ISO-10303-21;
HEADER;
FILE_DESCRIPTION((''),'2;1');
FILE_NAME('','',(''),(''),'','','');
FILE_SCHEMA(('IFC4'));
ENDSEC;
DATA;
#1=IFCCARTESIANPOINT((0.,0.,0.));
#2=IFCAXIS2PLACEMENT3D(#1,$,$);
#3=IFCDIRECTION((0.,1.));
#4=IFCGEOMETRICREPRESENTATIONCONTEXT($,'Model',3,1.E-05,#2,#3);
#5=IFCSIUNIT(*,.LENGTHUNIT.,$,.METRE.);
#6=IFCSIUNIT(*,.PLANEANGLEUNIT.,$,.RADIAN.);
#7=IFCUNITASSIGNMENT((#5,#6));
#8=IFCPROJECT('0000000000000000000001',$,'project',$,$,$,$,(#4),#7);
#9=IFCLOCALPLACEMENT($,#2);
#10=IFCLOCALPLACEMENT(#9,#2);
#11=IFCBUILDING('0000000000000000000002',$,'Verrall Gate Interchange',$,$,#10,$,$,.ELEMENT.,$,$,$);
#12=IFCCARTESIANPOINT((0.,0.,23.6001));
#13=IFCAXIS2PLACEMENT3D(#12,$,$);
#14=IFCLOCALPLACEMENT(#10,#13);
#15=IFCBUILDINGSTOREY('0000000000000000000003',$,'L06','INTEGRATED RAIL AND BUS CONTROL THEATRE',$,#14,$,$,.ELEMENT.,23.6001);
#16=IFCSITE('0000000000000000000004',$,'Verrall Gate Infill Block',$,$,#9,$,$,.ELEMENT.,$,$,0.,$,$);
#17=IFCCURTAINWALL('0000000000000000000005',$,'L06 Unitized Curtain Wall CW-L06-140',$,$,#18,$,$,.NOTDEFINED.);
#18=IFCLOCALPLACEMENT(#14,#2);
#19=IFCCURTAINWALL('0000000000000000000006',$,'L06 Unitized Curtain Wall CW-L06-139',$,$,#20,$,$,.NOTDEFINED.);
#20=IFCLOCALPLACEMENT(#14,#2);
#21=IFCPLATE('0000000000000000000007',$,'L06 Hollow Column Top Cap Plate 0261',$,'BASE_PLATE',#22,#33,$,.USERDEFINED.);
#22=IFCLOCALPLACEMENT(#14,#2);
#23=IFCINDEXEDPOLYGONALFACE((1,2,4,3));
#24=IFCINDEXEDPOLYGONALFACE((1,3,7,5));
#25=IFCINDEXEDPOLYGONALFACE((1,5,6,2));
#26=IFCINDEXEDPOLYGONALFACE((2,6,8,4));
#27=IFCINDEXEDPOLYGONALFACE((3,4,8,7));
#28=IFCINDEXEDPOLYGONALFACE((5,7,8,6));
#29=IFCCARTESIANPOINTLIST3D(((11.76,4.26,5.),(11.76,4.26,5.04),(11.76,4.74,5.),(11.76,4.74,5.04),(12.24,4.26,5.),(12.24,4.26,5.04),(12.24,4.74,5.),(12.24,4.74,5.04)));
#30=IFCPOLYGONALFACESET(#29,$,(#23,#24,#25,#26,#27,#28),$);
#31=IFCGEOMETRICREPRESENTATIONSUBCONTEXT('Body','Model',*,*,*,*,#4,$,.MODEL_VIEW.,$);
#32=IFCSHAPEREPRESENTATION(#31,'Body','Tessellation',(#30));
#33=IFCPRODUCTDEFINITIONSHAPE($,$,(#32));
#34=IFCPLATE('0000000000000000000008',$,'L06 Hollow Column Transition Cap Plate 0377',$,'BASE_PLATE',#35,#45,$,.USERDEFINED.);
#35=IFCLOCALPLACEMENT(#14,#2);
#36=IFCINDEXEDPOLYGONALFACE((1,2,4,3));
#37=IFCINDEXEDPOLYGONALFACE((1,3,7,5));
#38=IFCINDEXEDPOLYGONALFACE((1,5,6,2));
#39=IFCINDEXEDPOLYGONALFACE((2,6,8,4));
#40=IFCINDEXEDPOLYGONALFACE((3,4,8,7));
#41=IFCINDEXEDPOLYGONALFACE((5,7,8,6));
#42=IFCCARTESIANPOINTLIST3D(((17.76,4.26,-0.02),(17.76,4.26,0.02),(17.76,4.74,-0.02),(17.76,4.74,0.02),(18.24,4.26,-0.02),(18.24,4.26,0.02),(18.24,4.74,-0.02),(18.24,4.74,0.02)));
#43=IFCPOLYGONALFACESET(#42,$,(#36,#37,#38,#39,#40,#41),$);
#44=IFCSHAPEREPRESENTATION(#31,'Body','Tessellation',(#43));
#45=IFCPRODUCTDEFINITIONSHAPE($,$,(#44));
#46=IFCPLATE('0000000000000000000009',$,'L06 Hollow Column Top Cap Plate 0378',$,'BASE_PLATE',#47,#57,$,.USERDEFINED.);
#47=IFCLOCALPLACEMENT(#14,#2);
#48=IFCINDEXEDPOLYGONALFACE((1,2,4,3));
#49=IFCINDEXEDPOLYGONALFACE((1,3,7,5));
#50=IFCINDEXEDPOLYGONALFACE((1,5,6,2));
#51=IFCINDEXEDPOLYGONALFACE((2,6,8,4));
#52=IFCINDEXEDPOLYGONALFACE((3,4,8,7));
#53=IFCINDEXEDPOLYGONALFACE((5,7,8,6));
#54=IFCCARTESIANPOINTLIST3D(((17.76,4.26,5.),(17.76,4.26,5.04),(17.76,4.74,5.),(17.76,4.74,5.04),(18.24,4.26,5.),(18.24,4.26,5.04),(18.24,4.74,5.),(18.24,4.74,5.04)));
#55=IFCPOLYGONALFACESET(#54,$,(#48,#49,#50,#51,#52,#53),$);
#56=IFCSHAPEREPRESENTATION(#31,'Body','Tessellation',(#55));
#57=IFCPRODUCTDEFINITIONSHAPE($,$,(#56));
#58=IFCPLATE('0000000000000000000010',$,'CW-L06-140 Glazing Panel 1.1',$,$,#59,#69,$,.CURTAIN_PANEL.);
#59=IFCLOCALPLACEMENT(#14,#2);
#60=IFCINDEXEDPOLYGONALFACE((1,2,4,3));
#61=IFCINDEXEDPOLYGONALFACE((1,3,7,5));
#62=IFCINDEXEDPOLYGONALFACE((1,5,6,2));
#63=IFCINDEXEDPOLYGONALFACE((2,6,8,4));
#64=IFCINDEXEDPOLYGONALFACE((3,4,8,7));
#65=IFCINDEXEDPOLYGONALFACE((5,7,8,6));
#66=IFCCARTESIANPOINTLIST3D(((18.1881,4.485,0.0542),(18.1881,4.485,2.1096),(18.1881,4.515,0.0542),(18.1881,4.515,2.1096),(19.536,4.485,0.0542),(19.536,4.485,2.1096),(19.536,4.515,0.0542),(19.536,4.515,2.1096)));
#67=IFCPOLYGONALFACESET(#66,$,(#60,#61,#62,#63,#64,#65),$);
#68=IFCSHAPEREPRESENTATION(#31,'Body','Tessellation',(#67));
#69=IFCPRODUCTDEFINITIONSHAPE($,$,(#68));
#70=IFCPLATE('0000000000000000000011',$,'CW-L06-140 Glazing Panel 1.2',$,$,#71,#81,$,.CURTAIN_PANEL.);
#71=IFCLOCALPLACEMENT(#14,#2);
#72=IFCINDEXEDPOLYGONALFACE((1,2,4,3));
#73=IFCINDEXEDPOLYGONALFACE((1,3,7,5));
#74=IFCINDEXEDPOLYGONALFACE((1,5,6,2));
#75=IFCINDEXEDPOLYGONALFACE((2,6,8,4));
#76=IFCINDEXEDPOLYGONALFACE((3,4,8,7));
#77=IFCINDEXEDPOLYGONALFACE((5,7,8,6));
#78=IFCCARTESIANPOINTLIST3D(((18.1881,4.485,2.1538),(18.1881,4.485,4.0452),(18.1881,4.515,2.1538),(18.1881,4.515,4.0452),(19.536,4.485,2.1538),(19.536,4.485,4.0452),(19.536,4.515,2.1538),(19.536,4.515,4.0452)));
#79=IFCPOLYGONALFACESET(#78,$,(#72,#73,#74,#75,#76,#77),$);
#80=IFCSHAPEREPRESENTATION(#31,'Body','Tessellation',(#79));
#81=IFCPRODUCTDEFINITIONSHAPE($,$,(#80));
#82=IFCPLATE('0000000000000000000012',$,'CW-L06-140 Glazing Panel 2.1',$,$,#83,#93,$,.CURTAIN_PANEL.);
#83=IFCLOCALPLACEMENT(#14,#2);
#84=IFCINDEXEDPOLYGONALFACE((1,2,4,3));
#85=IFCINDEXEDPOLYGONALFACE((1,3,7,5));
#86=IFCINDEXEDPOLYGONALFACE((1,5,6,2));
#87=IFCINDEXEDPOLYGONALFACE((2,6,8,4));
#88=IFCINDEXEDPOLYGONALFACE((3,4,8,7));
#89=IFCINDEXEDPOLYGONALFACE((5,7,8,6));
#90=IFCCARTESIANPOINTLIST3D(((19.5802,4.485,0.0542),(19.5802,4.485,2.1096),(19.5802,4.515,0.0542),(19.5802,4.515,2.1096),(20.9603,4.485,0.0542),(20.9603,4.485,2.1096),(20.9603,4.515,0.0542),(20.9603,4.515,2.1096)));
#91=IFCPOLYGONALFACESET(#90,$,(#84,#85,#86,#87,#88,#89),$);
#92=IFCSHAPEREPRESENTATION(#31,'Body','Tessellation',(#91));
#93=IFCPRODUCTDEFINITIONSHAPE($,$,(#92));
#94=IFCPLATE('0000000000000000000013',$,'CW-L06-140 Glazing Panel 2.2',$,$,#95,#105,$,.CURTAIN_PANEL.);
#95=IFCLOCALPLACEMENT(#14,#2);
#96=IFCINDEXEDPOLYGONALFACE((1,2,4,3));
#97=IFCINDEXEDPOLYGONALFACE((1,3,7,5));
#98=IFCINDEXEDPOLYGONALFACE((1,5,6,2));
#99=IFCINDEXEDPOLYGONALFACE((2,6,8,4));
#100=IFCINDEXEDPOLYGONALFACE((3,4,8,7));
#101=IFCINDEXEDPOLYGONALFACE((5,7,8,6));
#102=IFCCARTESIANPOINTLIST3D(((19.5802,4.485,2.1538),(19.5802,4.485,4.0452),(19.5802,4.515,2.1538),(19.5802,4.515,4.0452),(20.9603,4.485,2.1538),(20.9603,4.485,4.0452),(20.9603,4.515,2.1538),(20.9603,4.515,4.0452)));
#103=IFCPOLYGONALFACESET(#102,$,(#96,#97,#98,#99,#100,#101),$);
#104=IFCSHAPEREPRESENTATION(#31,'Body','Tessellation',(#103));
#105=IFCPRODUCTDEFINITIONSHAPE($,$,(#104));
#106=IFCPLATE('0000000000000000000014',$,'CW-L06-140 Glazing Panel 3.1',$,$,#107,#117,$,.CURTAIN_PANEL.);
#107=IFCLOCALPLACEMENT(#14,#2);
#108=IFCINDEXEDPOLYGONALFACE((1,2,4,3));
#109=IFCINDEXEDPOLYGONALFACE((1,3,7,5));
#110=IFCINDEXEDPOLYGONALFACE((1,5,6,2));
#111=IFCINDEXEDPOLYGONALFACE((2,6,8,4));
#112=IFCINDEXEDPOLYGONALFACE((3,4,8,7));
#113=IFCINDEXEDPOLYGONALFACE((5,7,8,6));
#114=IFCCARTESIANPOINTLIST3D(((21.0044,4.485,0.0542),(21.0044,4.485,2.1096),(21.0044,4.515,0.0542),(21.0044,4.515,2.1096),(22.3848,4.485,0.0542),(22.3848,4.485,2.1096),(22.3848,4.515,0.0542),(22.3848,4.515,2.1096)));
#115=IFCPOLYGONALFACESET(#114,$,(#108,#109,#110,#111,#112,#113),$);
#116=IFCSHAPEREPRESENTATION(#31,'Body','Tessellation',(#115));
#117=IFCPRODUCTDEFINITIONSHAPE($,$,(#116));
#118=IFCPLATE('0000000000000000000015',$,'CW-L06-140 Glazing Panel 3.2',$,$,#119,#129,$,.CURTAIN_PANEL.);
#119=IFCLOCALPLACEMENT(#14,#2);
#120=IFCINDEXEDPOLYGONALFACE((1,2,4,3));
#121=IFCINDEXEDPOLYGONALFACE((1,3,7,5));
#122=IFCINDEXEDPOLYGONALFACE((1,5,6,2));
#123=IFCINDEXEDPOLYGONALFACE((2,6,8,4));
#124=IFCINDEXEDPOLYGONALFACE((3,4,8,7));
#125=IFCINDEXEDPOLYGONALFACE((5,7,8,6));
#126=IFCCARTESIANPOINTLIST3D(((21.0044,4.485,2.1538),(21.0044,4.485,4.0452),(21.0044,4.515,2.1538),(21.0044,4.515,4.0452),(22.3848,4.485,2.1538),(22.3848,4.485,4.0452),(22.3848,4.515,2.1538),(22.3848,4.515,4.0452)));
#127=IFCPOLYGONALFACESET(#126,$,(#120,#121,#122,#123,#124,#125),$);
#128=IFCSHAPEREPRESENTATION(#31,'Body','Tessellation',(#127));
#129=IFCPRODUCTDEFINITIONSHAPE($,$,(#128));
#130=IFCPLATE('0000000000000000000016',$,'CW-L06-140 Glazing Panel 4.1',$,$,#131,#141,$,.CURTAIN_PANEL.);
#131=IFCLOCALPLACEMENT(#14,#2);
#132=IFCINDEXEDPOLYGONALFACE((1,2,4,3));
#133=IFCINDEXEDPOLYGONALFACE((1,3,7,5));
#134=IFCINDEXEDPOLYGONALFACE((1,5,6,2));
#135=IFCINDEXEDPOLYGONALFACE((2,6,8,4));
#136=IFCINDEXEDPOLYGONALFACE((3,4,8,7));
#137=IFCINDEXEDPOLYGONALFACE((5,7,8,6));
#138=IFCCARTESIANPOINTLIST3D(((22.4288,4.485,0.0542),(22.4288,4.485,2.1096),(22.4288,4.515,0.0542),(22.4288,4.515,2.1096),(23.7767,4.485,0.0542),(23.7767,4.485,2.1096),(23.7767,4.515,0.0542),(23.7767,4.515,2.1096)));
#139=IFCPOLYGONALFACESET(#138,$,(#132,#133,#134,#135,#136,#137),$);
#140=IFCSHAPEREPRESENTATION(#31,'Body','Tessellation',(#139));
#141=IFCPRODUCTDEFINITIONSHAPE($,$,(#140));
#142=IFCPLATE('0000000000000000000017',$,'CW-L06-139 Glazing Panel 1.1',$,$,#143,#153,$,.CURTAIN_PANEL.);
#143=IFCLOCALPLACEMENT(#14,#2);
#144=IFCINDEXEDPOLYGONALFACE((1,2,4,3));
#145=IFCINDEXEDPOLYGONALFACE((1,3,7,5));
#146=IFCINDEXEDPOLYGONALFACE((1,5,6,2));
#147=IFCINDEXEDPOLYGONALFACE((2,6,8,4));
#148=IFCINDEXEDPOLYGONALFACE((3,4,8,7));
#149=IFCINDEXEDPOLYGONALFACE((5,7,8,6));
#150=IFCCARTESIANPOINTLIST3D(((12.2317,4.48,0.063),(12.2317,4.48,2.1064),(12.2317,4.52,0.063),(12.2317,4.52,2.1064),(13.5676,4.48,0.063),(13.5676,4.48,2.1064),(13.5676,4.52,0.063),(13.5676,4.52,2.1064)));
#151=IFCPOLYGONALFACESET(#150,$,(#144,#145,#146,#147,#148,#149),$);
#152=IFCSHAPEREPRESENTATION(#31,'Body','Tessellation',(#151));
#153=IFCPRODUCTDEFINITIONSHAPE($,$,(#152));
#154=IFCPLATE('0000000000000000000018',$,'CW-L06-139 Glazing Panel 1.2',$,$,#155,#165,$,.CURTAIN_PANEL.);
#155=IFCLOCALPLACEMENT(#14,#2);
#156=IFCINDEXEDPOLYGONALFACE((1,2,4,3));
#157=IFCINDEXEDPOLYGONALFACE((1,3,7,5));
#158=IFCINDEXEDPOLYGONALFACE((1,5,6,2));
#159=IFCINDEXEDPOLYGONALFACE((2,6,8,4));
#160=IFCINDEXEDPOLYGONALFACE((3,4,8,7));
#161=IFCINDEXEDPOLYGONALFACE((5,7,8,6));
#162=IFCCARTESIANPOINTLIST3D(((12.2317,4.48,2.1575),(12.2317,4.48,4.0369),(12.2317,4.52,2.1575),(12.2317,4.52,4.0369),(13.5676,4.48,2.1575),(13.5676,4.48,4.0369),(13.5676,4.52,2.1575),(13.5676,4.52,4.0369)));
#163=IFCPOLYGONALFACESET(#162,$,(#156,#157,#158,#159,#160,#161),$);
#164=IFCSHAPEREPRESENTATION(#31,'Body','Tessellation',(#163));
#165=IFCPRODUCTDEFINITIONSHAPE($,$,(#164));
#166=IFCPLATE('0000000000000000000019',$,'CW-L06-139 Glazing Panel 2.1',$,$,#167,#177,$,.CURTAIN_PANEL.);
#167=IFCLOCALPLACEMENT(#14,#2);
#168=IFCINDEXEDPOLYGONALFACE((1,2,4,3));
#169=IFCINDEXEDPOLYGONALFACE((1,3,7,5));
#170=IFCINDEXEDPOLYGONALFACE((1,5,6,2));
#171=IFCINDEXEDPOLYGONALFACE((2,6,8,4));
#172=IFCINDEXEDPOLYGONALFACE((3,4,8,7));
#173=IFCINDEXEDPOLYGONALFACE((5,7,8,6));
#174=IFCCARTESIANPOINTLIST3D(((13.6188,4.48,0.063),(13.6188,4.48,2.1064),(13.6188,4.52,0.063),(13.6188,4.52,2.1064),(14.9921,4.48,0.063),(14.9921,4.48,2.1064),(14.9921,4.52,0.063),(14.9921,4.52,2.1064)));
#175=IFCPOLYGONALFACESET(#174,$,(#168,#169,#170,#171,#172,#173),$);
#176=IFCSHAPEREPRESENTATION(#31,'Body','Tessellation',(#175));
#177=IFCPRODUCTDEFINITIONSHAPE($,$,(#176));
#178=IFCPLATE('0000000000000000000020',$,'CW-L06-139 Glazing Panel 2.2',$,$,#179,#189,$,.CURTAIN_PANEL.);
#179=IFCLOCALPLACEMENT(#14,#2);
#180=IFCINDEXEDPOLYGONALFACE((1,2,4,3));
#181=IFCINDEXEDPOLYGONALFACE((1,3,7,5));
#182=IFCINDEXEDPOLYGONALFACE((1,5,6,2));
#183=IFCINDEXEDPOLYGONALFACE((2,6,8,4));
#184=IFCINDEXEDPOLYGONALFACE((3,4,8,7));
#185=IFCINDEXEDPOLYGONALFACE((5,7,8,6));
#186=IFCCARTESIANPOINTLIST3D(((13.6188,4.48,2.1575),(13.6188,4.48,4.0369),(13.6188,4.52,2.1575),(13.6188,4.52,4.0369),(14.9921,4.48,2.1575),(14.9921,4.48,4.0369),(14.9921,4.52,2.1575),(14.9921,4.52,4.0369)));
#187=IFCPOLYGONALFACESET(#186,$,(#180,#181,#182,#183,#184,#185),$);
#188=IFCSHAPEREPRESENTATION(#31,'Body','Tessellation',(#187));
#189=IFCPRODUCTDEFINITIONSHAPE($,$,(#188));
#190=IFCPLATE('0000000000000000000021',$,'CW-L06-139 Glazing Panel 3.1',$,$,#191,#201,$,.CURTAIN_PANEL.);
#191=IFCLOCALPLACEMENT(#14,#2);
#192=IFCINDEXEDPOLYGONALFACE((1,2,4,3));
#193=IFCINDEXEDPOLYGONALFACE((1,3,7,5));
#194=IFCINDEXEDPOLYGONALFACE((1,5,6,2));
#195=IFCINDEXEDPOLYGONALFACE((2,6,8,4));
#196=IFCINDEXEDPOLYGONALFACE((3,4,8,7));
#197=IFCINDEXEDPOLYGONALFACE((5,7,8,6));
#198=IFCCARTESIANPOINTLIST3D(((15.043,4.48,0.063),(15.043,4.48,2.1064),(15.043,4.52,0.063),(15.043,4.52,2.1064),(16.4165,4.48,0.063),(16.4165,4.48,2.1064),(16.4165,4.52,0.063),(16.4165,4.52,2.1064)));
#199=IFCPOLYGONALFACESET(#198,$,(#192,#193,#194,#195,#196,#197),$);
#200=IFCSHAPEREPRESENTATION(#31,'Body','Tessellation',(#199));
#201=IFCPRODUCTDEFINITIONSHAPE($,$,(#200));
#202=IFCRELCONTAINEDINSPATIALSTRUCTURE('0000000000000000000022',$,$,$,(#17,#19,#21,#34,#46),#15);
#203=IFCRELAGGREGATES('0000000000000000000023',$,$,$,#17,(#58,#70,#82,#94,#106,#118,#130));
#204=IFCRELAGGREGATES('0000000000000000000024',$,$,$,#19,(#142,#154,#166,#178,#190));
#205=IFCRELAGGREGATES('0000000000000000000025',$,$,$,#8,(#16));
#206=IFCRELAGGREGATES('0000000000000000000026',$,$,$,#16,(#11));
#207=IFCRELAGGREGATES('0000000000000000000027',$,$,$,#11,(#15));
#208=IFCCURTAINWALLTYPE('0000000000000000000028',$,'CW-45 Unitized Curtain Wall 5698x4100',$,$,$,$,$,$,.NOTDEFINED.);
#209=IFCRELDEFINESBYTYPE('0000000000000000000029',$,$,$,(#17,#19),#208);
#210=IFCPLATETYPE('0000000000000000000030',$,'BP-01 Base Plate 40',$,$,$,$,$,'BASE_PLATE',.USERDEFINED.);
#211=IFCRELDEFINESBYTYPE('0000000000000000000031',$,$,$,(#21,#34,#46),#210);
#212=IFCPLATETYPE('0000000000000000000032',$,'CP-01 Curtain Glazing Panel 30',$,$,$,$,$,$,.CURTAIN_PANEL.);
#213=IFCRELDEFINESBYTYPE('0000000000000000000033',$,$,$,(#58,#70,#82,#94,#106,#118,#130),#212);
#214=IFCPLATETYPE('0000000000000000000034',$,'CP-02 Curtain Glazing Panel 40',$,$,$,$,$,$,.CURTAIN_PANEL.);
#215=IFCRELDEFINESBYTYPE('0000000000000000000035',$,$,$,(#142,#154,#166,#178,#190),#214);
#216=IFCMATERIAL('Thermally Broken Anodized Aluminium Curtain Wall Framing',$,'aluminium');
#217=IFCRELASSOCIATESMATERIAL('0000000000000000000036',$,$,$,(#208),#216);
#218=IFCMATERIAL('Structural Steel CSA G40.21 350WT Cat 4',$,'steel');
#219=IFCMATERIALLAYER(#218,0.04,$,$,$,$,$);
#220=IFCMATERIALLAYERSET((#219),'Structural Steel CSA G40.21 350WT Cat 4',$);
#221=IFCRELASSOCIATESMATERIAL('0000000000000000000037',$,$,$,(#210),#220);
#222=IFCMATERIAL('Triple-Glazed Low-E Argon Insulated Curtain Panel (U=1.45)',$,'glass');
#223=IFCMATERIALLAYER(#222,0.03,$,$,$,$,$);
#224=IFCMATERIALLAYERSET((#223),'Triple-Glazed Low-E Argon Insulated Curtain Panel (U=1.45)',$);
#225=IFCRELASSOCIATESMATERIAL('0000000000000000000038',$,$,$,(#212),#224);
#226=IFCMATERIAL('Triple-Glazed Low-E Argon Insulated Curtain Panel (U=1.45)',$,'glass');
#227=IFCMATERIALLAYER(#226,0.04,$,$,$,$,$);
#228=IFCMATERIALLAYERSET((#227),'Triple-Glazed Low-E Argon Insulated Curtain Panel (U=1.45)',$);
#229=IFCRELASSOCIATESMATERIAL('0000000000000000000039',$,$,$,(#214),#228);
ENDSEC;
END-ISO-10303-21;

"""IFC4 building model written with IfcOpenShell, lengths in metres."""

from ifc_helpers import new_model, si_unit, direction, frame, origin, origin_2d, place, context, subcontext, project, spatial, rectangle, extrude, material, layer, layer_set, type_object, element, aggregate, save


model = new_model("IFC4")

# Units and contexts
model_context = context("Model", 3, precision=1e-05, world=origin(), true_north=direction((0.0, 1.0)))
body_context = subcontext(model_context, "Body", "Model", "MODEL_VIEW")
ifc_project = project(units=[si_unit("LENGTHUNIT", "METRE"), si_unit("PLANEANGLEUNIT", "RADIAN")], contexts=[model_context])

# Site, building, storey
site_placement = place(None, origin())
site = spatial("IfcSite", under=ifc_project, at=site_placement, Name="Verrall Gate Infill Block", CompositionType="ELEMENT", RefElevation=0.0)
building_placement = place(site_placement, origin())
building = spatial("IfcBuilding", under=site, at=building_placement, Name="Verrall Gate Interchange", CompositionType="ELEMENT")
storey_placement = place(building_placement, frame((0.0, 0.0, 23.6001)))
storey = spatial("IfcBuildingStorey", under=building, at=storey_placement, Name="L06", Description="INTEGRATED RAIL AND BUS CONTROL THEATRE", CompositionType="ELEMENT", Elevation=23.6001)

# Curtain walls
ifc_material_1 = material(Name="Thermally Broken Anodized Aluminium Curtain Wall Framing", Category="aluminium")
curtain_wall_type = type_object("IfcCurtainWallType", Name="CW-45 Unitized Curtain Wall 5698x4100", PredefinedType="NOTDEFINED", material=ifc_material_1)
curtain_wall_1_placement = place(storey_placement, origin())
curtain_wall_1 = element("IfcCurtainWall", 1, at=curtain_wall_1_placement, inside=storey, type_object=curtain_wall_type, Name="L06 Unitized Curtain Wall CW-L06-140", PredefinedType="NOTDEFINED")
curtain_wall_2_placement = place(storey_placement, origin())
curtain_wall_2 = element("IfcCurtainWall", 2, at=curtain_wall_2_placement, inside=storey, type_object=curtain_wall_type, Name="L06 Unitized Curtain Wall CW-L06-139", PredefinedType="NOTDEFINED")

# Plates
ifc_material_2 = material(Name="Structural Steel CSA G40.21 350WT Cat 4", Category="steel")
ifc_layer_1 = layer(ifc_material_2, 0.04)
ifc_layer_set_1 = layer_set([ifc_layer_1], Name="Structural Steel CSA G40.21 350WT Cat 4")
plate_type_1 = type_object("IfcPlateType", Name="BP-01 Base Plate 40", ElementType="BASE_PLATE", PredefinedType="USERDEFINED", material=ifc_layer_set_1)
for number, where, z_axis, x_axis, name in (
    (3, (12.0, 4.5, 5.0), (0.0, 0.0, 1.0), (1.0, 0.0, 0.0), "L06 Hollow Column Top Cap Plate 0261"),
    (4, (18.0, 4.5, -0.02), (0.0, 0.0, 1.0), (1.0, 0.0, 0.0), "L06 Hollow Column Transition Cap Plate 0377"),
    (5, (18.0, 4.5, 5.0), (0.0, 0.0, 1.0), (1.0, 0.0, 0.0), "L06 Hollow Column Top Cap Plate 0378"),
):
    element("IfcPlate", number, at=place(storey_placement, frame(where, z_axis=z_axis, x_axis=x_axis)), inside=storey, type_object=plate_type_1, Name=name, ObjectType="BASE_PLATE", PredefinedType="USERDEFINED", context=body_context, shape_type="SweptSolid", body=[
        extrude(rectangle(XDim=0.48, YDim=0.48, at=origin_2d()), origin(), (0.0, 0.0, 1.0), 0.04),
    ])

# Plates
ifc_material_3 = material(Name="Triple-Glazed Low-E Argon Insulated Curtain Panel (U=1.45)", Category="glass")
ifc_layer_2 = layer(ifc_material_3, 0.03)
ifc_layer_set_2 = layer_set([ifc_layer_2], Name="Triple-Glazed Low-E Argon Insulated Curtain Panel (U=1.45)")
plate_type_2 = type_object("IfcPlateType", Name="CP-01 Curtain Glazing Panel 30", PredefinedType="CURTAIN_PANEL", material=ifc_layer_set_2)
plate_1_placement = place(storey_placement, frame((18.8621, 4.5, 0.0542), z_axis=(0.0, 0.0, 1.0), x_axis=(1.0, 0.0, 0.0)))
plate_1 = element("IfcPlate", 6, at=plate_1_placement, type_object=plate_type_2, Name="CW-L06-140 Glazing Panel 1.1", PredefinedType="CURTAIN_PANEL", context=body_context, shape_type="SweptSolid", body=[
    extrude(rectangle(XDim=1.3479, YDim=0.03, at=origin_2d()), origin(), (0.0, 0.0, 1.0), 2.0554),
])
plate_2_placement = place(storey_placement, frame((18.8621, 4.5, 2.1538), z_axis=(0.0, 0.0, 1.0), x_axis=(1.0, 0.0, 0.0)))
plate_2 = element("IfcPlate", 7, at=plate_2_placement, type_object=plate_type_2, Name="CW-L06-140 Glazing Panel 1.2", PredefinedType="CURTAIN_PANEL", context=body_context, shape_type="SweptSolid", body=[
    extrude(rectangle(XDim=1.3479, YDim=0.03, at=origin_2d()), origin(), (0.0, 0.0, 1.0), 1.8914),
])
plate_3_placement = place(storey_placement, frame((20.2703, 4.5, 0.0542), z_axis=(0.0, 0.0, 1.0), x_axis=(1.0, 0.0, 0.0)))
plate_3 = element("IfcPlate", 8, at=plate_3_placement, type_object=plate_type_2, Name="CW-L06-140 Glazing Panel 2.1", PredefinedType="CURTAIN_PANEL", context=body_context, shape_type="SweptSolid", body=[
    extrude(rectangle(XDim=1.3801, YDim=0.03, at=origin_2d()), origin(), (0.0, 0.0, 1.0), 2.0554),
])
plate_4_placement = place(storey_placement, frame((20.2703, 4.5, 2.1538), z_axis=(0.0, 0.0, 1.0), x_axis=(1.0, 0.0, 0.0)))
plate_4 = element("IfcPlate", 9, at=plate_4_placement, type_object=plate_type_2, Name="CW-L06-140 Glazing Panel 2.2", PredefinedType="CURTAIN_PANEL", context=body_context, shape_type="SweptSolid", body=[
    extrude(rectangle(XDim=1.3801, YDim=0.03, at=origin_2d()), origin(), (0.0, 0.0, 1.0), 1.8914),
])
plate_5_placement = place(storey_placement, frame((21.6946, 4.5, 0.0542), z_axis=(0.0, 0.0, 1.0), x_axis=(1.0, 0.0, 0.0)))
plate_5 = element("IfcPlate", 10, at=plate_5_placement, type_object=plate_type_2, Name="CW-L06-140 Glazing Panel 3.1", PredefinedType="CURTAIN_PANEL", context=body_context, shape_type="SweptSolid", body=[
    extrude(rectangle(XDim=1.3804, YDim=0.03, at=origin_2d()), origin(), (0.0, 0.0, 1.0), 2.0554),
])
plate_6_placement = place(storey_placement, frame((21.6946, 4.5, 2.1538), z_axis=(0.0, 0.0, 1.0), x_axis=(1.0, 0.0, 0.0)))
plate_6 = element("IfcPlate", 11, at=plate_6_placement, type_object=plate_type_2, Name="CW-L06-140 Glazing Panel 3.2", PredefinedType="CURTAIN_PANEL", context=body_context, shape_type="SweptSolid", body=[
    extrude(rectangle(XDim=1.3804, YDim=0.03, at=origin_2d()), origin(), (0.0, 0.0, 1.0), 1.8914),
])
plate_7_placement = place(storey_placement, frame((23.1028, 4.5, 0.0542), z_axis=(0.0, 0.0, 1.0), x_axis=(1.0, 0.0, 0.0)))
plate_7 = element("IfcPlate", 12, at=plate_7_placement, type_object=plate_type_2, Name="CW-L06-140 Glazing Panel 4.1", PredefinedType="CURTAIN_PANEL", context=body_context, shape_type="SweptSolid", body=[
    extrude(rectangle(XDim=1.3479, YDim=0.03, at=origin_2d()), origin(), (0.0, 0.0, 1.0), 2.0554),
])
aggregate(curtain_wall_1, [plate_1, plate_2, plate_3, plate_4, plate_5, plate_6, plate_7])
ifc_material_4 = material(Name="Triple-Glazed Low-E Argon Insulated Curtain Panel (U=1.45)", Category="glass")
ifc_layer_3 = layer(ifc_material_4, 0.04)
ifc_layer_set_3 = layer_set([ifc_layer_3], Name="Triple-Glazed Low-E Argon Insulated Curtain Panel (U=1.45)")
plate_type_3 = type_object("IfcPlateType", Name="CP-02 Curtain Glazing Panel 40", PredefinedType="CURTAIN_PANEL", material=ifc_layer_set_3)
plate_8_placement = place(storey_placement, frame((12.8997, 4.5, 0.063), z_axis=(0.0, 0.0, 1.0), x_axis=(1.0, 0.0, 0.0)))
plate_8 = element("IfcPlate", 13, at=plate_8_placement, type_object=plate_type_3, Name="CW-L06-139 Glazing Panel 1.1", PredefinedType="CURTAIN_PANEL", context=body_context, shape_type="SweptSolid", body=[
    extrude(rectangle(XDim=1.3359, YDim=0.04, at=origin_2d()), origin(), (0.0, 0.0, 1.0), 2.0435),
])
plate_9_placement = place(storey_placement, frame((12.8997, 4.5, 2.1575), z_axis=(0.0, 0.0, 1.0), x_axis=(1.0, 0.0, 0.0)))
plate_9 = element("IfcPlate", 14, at=plate_9_placement, type_object=plate_type_3, Name="CW-L06-139 Glazing Panel 1.2", PredefinedType="CURTAIN_PANEL", context=body_context, shape_type="SweptSolid", body=[
    extrude(rectangle(XDim=1.3359, YDim=0.04, at=origin_2d()), origin(), (0.0, 0.0, 1.0), 1.8794),
])
plate_10_placement = place(storey_placement, frame((14.3054, 4.5, 0.063), z_axis=(0.0, 0.0, 1.0), x_axis=(1.0, 0.0, 0.0)))
plate_10 = element("IfcPlate", 15, at=plate_10_placement, type_object=plate_type_3, Name="CW-L06-139 Glazing Panel 2.1", PredefinedType="CURTAIN_PANEL", context=body_context, shape_type="SweptSolid", body=[
    extrude(rectangle(XDim=1.3733, YDim=0.04, at=origin_2d()), origin(), (0.0, 0.0, 1.0), 2.0435),
])
plate_11_placement = place(storey_placement, frame((14.3054, 4.5, 2.1575), z_axis=(0.0, 0.0, 1.0), x_axis=(1.0, 0.0, 0.0)))
plate_11 = element("IfcPlate", 16, at=plate_11_placement, type_object=plate_type_3, Name="CW-L06-139 Glazing Panel 2.2", PredefinedType="CURTAIN_PANEL", context=body_context, shape_type="SweptSolid", body=[
    extrude(rectangle(XDim=1.3733, YDim=0.04, at=origin_2d()), origin(), (0.0, 0.0, 1.0), 1.8794),
])
plate_12_placement = place(storey_placement, frame((15.7297, 4.5, 0.063), z_axis=(0.0, 0.0, 1.0), x_axis=(1.0, 0.0, 0.0)))
plate_12 = element("IfcPlate", 17, at=plate_12_placement, type_object=plate_type_3, Name="CW-L06-139 Glazing Panel 3.1", PredefinedType="CURTAIN_PANEL", context=body_context, shape_type="SweptSolid", body=[
    extrude(rectangle(XDim=1.3735, YDim=0.04, at=origin_2d()), origin(), (0.0, 0.0, 1.0), 2.0435),
])
aggregate(curtain_wall_2, [plate_8, plate_9, plate_10, plate_11, plate_12])

save(model, "model.ifc")
